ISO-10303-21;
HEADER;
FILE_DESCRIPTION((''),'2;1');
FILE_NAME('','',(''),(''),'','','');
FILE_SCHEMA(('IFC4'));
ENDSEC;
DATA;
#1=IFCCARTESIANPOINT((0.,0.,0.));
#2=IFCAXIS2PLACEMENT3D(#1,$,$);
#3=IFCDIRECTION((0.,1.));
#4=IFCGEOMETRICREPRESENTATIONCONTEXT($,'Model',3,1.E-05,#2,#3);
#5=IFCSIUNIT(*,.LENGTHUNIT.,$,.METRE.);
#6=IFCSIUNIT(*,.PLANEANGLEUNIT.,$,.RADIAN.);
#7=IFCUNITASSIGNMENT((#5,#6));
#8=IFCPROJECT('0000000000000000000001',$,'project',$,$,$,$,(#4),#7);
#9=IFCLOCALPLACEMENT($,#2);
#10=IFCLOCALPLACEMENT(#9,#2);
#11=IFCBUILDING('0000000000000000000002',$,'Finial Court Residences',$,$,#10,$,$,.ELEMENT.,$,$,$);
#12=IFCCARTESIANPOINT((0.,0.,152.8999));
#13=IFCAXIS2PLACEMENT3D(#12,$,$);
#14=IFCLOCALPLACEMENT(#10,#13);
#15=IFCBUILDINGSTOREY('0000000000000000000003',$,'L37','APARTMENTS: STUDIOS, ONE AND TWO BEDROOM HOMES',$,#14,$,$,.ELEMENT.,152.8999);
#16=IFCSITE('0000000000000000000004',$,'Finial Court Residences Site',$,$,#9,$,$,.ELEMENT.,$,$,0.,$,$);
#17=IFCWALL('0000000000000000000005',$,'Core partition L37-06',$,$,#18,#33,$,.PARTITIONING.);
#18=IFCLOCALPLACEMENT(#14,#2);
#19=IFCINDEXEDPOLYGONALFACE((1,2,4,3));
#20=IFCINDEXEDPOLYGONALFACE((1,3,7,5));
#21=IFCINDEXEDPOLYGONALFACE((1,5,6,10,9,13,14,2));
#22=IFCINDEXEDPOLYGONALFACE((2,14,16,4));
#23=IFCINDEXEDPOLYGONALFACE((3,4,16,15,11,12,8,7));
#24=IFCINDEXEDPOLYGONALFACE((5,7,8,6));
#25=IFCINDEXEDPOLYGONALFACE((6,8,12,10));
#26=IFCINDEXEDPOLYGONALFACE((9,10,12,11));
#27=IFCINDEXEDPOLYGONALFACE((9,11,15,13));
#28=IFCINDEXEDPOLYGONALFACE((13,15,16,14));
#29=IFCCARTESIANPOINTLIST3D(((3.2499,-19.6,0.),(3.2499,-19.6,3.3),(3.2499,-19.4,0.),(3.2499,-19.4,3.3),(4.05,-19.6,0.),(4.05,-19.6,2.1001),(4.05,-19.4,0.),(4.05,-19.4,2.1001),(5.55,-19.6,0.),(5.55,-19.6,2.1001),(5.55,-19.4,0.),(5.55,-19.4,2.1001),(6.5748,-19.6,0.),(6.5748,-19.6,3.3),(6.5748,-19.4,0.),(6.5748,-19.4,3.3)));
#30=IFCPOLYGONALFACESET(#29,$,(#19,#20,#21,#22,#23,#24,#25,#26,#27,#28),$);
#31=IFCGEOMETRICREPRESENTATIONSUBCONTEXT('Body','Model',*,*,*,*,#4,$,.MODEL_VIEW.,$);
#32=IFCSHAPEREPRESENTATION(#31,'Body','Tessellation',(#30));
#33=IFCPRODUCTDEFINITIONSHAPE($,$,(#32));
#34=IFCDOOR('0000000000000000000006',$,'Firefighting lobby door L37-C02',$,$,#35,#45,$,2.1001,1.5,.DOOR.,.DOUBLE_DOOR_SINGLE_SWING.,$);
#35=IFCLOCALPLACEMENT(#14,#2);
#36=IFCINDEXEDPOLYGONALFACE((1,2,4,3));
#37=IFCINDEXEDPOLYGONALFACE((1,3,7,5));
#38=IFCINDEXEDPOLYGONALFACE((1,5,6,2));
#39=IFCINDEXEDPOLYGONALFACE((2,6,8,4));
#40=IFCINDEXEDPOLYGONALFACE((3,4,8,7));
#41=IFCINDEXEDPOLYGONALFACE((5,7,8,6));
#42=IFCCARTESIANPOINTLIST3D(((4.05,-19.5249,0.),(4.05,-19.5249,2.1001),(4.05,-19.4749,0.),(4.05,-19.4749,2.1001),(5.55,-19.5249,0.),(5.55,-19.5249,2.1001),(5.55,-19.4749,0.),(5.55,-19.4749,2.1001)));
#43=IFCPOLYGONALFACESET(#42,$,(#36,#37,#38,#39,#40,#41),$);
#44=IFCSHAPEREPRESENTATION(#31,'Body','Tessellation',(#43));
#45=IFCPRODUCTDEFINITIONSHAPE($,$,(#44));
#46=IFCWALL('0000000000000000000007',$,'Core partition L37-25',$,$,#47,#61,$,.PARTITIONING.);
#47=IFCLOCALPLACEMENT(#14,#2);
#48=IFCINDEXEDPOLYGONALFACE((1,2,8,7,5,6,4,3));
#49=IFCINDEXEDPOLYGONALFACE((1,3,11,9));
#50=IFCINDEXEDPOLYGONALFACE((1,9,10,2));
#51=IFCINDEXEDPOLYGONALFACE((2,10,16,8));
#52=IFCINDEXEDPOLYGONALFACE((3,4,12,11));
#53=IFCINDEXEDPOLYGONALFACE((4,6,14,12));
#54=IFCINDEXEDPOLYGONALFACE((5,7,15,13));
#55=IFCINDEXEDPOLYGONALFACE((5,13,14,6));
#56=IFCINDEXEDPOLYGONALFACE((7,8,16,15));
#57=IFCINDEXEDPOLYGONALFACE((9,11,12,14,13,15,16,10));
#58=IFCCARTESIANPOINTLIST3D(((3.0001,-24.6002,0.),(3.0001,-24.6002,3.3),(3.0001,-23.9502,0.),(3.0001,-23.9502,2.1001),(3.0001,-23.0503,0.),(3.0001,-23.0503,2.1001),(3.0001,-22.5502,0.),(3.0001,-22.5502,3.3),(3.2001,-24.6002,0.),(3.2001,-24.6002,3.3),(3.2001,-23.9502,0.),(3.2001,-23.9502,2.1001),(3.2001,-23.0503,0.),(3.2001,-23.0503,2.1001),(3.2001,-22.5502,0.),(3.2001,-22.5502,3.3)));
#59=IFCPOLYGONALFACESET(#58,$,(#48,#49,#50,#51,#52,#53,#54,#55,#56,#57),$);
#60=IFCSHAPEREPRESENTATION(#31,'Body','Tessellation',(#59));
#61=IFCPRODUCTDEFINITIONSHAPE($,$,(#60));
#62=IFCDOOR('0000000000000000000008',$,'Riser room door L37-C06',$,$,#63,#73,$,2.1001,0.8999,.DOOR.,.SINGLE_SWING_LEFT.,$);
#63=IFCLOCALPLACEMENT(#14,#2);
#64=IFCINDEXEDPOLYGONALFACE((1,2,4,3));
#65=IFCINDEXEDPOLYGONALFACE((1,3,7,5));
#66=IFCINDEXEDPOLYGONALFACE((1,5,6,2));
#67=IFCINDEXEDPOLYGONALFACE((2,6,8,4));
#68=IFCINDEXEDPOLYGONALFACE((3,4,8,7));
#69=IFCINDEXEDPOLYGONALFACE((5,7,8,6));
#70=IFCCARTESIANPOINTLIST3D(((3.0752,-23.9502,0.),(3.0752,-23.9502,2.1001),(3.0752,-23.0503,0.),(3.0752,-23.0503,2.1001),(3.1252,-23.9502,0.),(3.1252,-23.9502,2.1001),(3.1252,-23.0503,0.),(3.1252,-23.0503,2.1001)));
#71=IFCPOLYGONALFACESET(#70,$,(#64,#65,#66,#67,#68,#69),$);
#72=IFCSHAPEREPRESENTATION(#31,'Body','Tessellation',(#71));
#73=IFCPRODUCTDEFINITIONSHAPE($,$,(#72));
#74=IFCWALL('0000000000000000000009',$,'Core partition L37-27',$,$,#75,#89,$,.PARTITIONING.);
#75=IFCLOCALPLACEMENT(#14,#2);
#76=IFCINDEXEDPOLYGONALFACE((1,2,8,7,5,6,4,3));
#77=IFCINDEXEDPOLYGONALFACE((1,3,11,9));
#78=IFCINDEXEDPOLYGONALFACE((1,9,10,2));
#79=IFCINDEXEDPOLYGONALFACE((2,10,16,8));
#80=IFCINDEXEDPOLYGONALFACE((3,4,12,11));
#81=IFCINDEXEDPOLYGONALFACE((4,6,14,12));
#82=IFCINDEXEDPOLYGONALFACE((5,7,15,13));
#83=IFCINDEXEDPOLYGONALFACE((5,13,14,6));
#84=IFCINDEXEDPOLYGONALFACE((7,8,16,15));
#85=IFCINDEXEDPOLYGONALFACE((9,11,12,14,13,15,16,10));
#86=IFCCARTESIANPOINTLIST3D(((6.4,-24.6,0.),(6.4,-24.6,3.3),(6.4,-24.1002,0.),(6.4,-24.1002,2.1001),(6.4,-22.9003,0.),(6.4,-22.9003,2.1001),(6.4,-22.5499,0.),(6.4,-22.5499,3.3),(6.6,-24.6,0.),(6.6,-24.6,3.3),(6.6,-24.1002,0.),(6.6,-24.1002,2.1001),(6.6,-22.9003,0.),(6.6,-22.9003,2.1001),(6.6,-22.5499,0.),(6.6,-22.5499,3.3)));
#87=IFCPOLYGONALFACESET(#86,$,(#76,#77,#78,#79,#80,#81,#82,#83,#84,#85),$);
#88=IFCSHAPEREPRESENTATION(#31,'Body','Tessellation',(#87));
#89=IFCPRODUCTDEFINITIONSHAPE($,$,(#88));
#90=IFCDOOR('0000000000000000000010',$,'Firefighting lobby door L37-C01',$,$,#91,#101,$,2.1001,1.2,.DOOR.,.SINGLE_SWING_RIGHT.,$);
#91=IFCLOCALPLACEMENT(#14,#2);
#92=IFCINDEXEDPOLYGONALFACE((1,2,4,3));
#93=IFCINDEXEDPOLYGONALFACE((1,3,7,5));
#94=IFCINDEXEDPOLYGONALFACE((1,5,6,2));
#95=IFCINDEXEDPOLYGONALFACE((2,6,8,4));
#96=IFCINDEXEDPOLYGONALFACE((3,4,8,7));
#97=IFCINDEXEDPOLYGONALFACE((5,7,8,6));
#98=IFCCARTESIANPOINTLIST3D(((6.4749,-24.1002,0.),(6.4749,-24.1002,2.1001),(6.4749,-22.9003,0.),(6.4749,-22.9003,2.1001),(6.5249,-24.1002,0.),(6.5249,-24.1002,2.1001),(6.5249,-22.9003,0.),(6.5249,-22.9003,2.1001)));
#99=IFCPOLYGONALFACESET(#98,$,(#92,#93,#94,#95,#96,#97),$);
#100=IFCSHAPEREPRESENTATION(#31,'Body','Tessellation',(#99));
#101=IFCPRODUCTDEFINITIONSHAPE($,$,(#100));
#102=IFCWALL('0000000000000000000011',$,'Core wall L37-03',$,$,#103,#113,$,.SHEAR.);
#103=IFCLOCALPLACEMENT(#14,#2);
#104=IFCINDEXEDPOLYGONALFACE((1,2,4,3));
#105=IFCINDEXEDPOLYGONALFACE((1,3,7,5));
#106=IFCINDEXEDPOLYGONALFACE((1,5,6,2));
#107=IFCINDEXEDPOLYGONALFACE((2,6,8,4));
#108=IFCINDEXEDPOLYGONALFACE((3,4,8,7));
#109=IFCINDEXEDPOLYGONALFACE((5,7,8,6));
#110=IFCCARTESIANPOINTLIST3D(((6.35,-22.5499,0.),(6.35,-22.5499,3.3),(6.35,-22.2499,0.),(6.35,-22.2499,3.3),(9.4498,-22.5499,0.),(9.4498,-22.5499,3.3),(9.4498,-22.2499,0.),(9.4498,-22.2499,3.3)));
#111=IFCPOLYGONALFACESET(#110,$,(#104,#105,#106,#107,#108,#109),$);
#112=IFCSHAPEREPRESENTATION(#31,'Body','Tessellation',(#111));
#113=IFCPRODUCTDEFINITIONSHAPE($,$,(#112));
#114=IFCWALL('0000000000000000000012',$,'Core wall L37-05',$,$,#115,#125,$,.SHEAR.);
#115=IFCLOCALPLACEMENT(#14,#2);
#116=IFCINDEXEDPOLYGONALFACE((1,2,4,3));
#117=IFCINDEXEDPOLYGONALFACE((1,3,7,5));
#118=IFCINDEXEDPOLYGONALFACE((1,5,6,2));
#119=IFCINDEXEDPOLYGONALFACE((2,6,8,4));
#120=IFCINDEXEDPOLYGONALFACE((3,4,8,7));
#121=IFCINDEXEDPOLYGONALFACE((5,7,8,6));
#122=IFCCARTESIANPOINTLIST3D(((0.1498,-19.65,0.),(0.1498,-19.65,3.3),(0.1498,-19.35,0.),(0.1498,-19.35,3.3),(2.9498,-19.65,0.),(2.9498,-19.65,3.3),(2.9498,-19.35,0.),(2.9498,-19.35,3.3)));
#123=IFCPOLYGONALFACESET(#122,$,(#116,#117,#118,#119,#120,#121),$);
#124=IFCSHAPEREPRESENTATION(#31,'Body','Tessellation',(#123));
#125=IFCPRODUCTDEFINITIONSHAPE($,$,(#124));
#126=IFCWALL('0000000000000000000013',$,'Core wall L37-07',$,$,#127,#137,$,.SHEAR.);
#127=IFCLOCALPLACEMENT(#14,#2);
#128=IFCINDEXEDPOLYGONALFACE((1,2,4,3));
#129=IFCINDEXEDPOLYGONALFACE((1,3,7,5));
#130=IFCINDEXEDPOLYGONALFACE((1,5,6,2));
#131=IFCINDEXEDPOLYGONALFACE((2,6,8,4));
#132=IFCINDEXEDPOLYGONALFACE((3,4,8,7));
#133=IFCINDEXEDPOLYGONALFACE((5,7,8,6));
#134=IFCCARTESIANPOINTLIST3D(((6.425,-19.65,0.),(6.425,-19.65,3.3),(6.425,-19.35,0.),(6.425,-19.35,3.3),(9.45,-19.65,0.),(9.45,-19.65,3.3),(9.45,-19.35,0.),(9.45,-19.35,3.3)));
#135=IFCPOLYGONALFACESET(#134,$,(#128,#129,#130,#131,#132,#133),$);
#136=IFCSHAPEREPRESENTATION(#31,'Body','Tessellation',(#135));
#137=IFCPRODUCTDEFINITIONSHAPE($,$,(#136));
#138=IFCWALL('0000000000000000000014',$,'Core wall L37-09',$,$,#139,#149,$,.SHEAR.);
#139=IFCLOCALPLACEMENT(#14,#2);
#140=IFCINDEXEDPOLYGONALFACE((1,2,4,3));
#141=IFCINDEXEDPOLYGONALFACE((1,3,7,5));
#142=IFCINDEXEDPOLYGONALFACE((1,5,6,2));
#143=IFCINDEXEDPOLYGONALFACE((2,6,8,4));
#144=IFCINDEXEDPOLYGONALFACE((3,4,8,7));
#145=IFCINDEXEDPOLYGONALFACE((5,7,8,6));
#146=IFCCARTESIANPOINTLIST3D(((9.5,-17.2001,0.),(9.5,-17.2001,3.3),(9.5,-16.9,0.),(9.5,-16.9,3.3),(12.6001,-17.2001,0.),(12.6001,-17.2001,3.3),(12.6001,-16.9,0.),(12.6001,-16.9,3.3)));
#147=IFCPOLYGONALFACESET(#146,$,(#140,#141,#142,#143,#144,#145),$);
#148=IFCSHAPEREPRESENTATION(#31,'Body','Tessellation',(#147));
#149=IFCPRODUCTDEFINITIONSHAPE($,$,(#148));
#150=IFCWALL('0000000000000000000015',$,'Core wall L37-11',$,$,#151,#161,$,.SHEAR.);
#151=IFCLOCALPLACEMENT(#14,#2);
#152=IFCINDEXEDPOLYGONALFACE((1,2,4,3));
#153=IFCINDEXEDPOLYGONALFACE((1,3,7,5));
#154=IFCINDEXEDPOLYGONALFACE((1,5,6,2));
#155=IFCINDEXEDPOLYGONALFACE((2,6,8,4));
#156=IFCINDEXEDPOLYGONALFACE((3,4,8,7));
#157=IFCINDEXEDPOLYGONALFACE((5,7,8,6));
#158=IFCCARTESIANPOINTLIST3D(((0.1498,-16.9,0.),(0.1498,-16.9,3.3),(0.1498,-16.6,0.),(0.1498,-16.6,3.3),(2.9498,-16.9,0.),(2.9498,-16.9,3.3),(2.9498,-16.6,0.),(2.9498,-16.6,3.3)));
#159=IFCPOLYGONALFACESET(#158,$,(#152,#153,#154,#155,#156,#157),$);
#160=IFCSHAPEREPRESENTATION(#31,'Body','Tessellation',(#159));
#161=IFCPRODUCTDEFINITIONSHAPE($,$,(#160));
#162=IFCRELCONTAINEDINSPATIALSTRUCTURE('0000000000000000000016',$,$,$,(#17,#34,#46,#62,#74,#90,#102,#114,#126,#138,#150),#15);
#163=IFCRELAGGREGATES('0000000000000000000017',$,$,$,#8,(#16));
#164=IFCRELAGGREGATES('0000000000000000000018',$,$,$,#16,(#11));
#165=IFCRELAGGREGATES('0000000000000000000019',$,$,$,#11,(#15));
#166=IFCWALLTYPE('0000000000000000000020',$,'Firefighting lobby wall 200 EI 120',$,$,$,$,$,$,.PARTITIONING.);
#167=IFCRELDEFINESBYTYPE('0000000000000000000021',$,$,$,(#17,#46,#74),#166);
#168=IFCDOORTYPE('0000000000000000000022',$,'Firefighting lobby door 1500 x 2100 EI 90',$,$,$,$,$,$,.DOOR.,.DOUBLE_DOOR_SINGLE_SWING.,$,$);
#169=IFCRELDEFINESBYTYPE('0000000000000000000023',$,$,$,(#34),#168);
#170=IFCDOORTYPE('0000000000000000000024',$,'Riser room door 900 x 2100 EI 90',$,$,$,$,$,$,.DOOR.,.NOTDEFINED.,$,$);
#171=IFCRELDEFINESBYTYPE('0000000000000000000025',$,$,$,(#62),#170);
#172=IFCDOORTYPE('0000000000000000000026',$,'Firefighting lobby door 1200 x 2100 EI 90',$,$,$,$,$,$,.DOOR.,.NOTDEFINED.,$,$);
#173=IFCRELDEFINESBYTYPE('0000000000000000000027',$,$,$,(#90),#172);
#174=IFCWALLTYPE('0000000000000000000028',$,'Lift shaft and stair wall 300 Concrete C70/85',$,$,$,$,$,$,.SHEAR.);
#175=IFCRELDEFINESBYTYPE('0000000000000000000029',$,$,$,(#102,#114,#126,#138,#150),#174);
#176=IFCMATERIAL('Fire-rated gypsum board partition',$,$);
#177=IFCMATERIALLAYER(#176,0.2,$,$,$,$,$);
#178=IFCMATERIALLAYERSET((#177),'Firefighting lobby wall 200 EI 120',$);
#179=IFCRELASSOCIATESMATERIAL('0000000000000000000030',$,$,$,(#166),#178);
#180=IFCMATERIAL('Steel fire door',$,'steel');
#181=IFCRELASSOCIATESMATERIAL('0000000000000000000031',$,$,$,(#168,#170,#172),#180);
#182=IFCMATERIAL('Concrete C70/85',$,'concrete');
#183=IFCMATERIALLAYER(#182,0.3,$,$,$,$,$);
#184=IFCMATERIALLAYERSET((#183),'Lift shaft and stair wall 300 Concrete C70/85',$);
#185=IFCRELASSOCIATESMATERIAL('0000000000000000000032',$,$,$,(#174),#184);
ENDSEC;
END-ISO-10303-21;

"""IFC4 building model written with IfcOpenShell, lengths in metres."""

from ifc_helpers import new_model, si_unit, direction, frame, frame_2d, origin, place, context, subcontext, project, spatial, rectangle, extrude, material, layer, layer_set, type_object, element, fill, save


model = new_model("IFC4")

# Units and contexts
model_context = context("Model", 3, precision=1e-05, world=origin(), true_north=direction((0.0, 1.0)))
body_context = subcontext(model_context, "Body", "Model", "MODEL_VIEW")
ifc_project = project(units=[si_unit("LENGTHUNIT", "METRE"), si_unit("PLANEANGLEUNIT", "RADIAN")], contexts=[model_context])

# Site, building, storey
site_placement = place(None, origin())
site = spatial("IfcSite", under=ifc_project, at=site_placement, Name="Finial Court Residences Site", CompositionType="ELEMENT", RefElevation=0.0)
building_placement = place(site_placement, origin())
building = spatial("IfcBuilding", under=site, at=building_placement, Name="Finial Court Residences", CompositionType="ELEMENT")
storey_placement = place(building_placement, frame((0.0, 0.0, 152.8999)))
storey = spatial("IfcBuildingStorey", under=building, at=storey_placement, Name="L37", Description="APARTMENTS: STUDIOS, ONE AND TWO BEDROOM HOMES", CompositionType="ELEMENT", Elevation=152.8999)

# Walls, openings, doors
ifc_material_1 = material(Name="Fire-rated gypsum board partition")
ifc_layer_1 = layer(ifc_material_1, 0.2)
ifc_layer_set_1 = layer_set([ifc_layer_1], Name="Firefighting lobby wall 200 EI 120")
wall_type_1 = type_object("IfcWallType", Name="Firefighting lobby wall 200 EI 120", PredefinedType="PARTITIONING", material=ifc_layer_set_1)
wall_1_placement = place(storey_placement, frame((6.575, -19.5, 0.0), z_axis=(0.0, 0.0, 1.0), x_axis=(-1.0, 0.0, 0.0)))
wall_1 = element("IfcWall", 1, at=wall_1_placement, inside=storey, type_object=wall_type_1, Name="Core partition L37-06", PredefinedType="PARTITIONING", context=body_context, shape_type="SweptSolid", body=[
    extrude(rectangle(XDim=3.325, YDim=0.2, at=frame_2d((1.6626, 0.0))), origin(), (0.0, 0.0, 1.0), 3.3),
])
opening_1_placement = place(wall_1_placement, frame((1.0249, 0.0, 0.0)))
opening_1 = element("IfcOpeningElement", 2, at=opening_1_placement, cuts=wall_1, PredefinedType="OPENING", context=body_context, shape_type="SweptSolid", body=[
    extrude(rectangle(XDim=1.5, YDim=2.1001, at=frame_2d((0.75, 1.05))), frame((0.0, 0.1099, 0.0), z_axis=(0.0, -1.0, 0.0), x_axis=(1.0, 0.0, 0.0)), (0.0, 0.0, 1.0), 0.22),
])
ifc_material_2 = material(Name="Steel fire door", Category="steel")
door_type_1 = type_object("IfcDoorType", Name="Firefighting lobby door 1500 x 2100 EI 90", OperationType="DOUBLE_DOOR_SINGLE_SWING", PredefinedType="DOOR", material=ifc_material_2)
door_1_placement = place(opening_1_placement, origin())
door_1 = element("IfcDoor", 3, at=door_1_placement, inside=storey, type_object=door_type_1, Name="Firefighting lobby door L37-C02", OperationType="DOUBLE_DOOR_SINGLE_SWING", OverallHeight=2.1001, OverallWidth=1.5, PredefinedType="DOOR", context=body_context, shape_type="SweptSolid", body=[
    extrude(rectangle(XDim=1.5, YDim=2.1001, at=frame_2d((0.75, 1.05))), frame((0.0, 0.0249, 0.0), z_axis=(0.0, -1.0, 0.0), x_axis=(1.0, 0.0, 0.0)), (0.0, 0.0, 1.0), 0.05),
])
fill(opening_1, door_1)
wall_2_placement = place(storey_placement, frame((3.1001, -24.6001, 0.0), z_axis=(0.0, 0.0, 1.0), x_axis=(0.0, 1.0, 0.0)))
wall_2 = element("IfcWall", 4, at=wall_2_placement, inside=storey, type_object=wall_type_1, Name="Core partition L37-25", PredefinedType="PARTITIONING", context=body_context, shape_type="SweptSolid", body=[
    extrude(rectangle(XDim=2.05, YDim=0.2, at=frame_2d((1.0249, 0.0))), origin(), (0.0, 0.0, 1.0), 3.3),
])
opening_2_placement = place(wall_2_placement, frame((0.6499, 0.0, 0.0)))
opening_2 = element("IfcOpeningElement", 5, at=opening_2_placement, cuts=wall_2, PredefinedType="OPENING", context=body_context, shape_type="SweptSolid", body=[
    extrude(rectangle(XDim=0.8999, YDim=2.1001, at=frame_2d((0.45, 1.05))), frame((0.0, 0.1099, 0.0), z_axis=(0.0, -1.0, 0.0), x_axis=(1.0, 0.0, 0.0)), (0.0, 0.0, 1.0), 0.22),
])
door_type_2 = type_object("IfcDoorType", Name="Riser room door 900 x 2100 EI 90", OperationType="NOTDEFINED", PredefinedType="DOOR", material=ifc_material_2)
door_2_placement = place(opening_2_placement, origin())
door_2 = element("IfcDoor", 6, at=door_2_placement, inside=storey, type_object=door_type_2, Name="Riser room door L37-C06", OperationType="SINGLE_SWING_LEFT", OverallHeight=2.1001, OverallWidth=0.8999, PredefinedType="DOOR", context=body_context, shape_type="SweptSolid", body=[
    extrude(rectangle(XDim=0.8999, YDim=2.1001, at=frame_2d((0.45, 1.05))), frame((0.0, 0.0249, 0.0), z_axis=(0.0, -1.0, 0.0), x_axis=(1.0, 0.0, 0.0)), (0.0, 0.0, 1.0), 0.05),
])
fill(opening_2, door_2)
wall_3_placement = place(storey_placement, frame((6.5, -22.55, 0.0), z_axis=(0.0, 0.0, 1.0), x_axis=(0.0, -1.0, 0.0)))
wall_3 = element("IfcWall", 7, at=wall_3_placement, inside=storey, type_object=wall_type_1, Name="Core partition L37-27", PredefinedType="PARTITIONING", context=body_context, shape_type="SweptSolid", body=[
    extrude(rectangle(XDim=2.05, YDim=0.2, at=frame_2d((1.0249, 0.0))), origin(), (0.0, 0.0, 1.0), 3.3),
])
opening_3_placement = place(wall_3_placement, frame((0.3501, 0.0, 0.0)))
opening_3 = element("IfcOpeningElement", 8, at=opening_3_placement, cuts=wall_3, PredefinedType="OPENING", context=body_context, shape_type="SweptSolid", body=[
    extrude(rectangle(XDim=1.2, YDim=2.1001, at=frame_2d((0.6001, 1.05))), frame((0.0, 0.1099, 0.0), z_axis=(0.0, -1.0, 0.0), x_axis=(1.0, 0.0, 0.0)), (0.0, 0.0, 1.0), 0.22),
])
door_type_3 = type_object("IfcDoorType", Name="Firefighting lobby door 1200 x 2100 EI 90", OperationType="NOTDEFINED", PredefinedType="DOOR", material=ifc_material_2)
door_3_placement = place(opening_3_placement, origin())
door_3 = element("IfcDoor", 9, at=door_3_placement, inside=storey, type_object=door_type_3, Name="Firefighting lobby door L37-C01", OperationType="SINGLE_SWING_RIGHT", OverallHeight=2.1001, OverallWidth=1.2, PredefinedType="DOOR", context=body_context, shape_type="SweptSolid", body=[
    extrude(rectangle(XDim=1.2, YDim=2.1001, at=frame_2d((0.6001, 1.05))), frame((0.0, 0.0249, 0.0), z_axis=(0.0, -1.0, 0.0), x_axis=(1.0, 0.0, 0.0)), (0.0, 0.0, 1.0), 0.05),
])
fill(opening_3, door_3)

# Walls
ifc_material_3 = material(Name="Concrete C70/85", Category="concrete")
ifc_layer_2 = layer(ifc_material_3, 0.3)
ifc_layer_set_2 = layer_set([ifc_layer_2], Name="Lift shaft and stair wall 300 Concrete C70/85")
wall_type_2 = type_object("IfcWallType", Name="Lift shaft and stair wall 300 Concrete C70/85", PredefinedType="SHEAR", material=ifc_layer_set_2)
wall_4_placement = place(storey_placement, frame((6.3501, -22.3999, 0.0), z_axis=(0.0, 0.0, 1.0), x_axis=(1.0, 0.0, 0.0)))
element("IfcWall", 10, at=wall_4_placement, inside=storey, type_object=wall_type_2, Name="Core wall L37-03", PredefinedType="SHEAR", context=body_context, shape_type="SweptSolid", body=[
    extrude(rectangle(XDim=3.0999, YDim=0.3, at=frame_2d((1.5498, 0.0))), origin(), (0.0, 0.0, 1.0), 3.3),
])
wall_5_placement = place(storey_placement, frame((0.1499, -19.5, 0.0), z_axis=(0.0, 0.0, 1.0), x_axis=(1.0, 0.0, 0.0)))
element("IfcWall", 11, at=wall_5_placement, inside=storey, type_object=wall_type_2, Name="Core wall L37-05", PredefinedType="SHEAR", context=body_context, shape_type="SweptSolid", body=[
    extrude(rectangle(XDim=2.8, YDim=0.3, at=frame_2d((1.3999, 0.0))), origin(), (0.0, 0.0, 1.0), 3.3),
])
wall_6_placement = place(storey_placement, frame((6.425, -19.5, 0.0), z_axis=(0.0, 0.0, 1.0), x_axis=(1.0, 0.0, 0.0)))
element("IfcWall", 12, at=wall_6_placement, inside=storey, type_object=wall_type_2, Name="Core wall L37-07", PredefinedType="SHEAR", context=body_context, shape_type="SweptSolid", body=[
    extrude(rectangle(XDim=3.0249, YDim=0.3, at=frame_2d((1.5125, 0.0))), origin(), (0.0, 0.0, 1.0), 3.3),
])
wall_7_placement = place(storey_placement, frame((9.5, -17.05, 0.0), z_axis=(0.0, 0.0, 1.0), x_axis=(1.0, 0.0, 0.0)))
element("IfcWall", 13, at=wall_7_placement, inside=storey, type_object=wall_type_2, Name="Core wall L37-09", PredefinedType="SHEAR", context=body_context, shape_type="SweptSolid", body=[
    extrude(rectangle(XDim=3.1001, YDim=0.3, at=frame_2d((1.55, 0.0))), origin(), (0.0, 0.0, 1.0), 3.3),
])
wall_8_placement = place(storey_placement, frame((0.1499, -16.75, 0.0), z_axis=(0.0, 0.0, 1.0), x_axis=(1.0, 0.0, 0.0)))
element("IfcWall", 14, at=wall_8_placement, inside=storey, type_object=wall_type_2, Name="Core wall L37-11", PredefinedType="SHEAR", context=body_context, shape_type="SweptSolid", body=[
    extrude(rectangle(XDim=2.8, YDim=0.3, at=frame_2d((1.3999, 0.0))), origin(), (0.0, 0.0, 1.0), 3.3),
])

save(model, "model.ifc")
